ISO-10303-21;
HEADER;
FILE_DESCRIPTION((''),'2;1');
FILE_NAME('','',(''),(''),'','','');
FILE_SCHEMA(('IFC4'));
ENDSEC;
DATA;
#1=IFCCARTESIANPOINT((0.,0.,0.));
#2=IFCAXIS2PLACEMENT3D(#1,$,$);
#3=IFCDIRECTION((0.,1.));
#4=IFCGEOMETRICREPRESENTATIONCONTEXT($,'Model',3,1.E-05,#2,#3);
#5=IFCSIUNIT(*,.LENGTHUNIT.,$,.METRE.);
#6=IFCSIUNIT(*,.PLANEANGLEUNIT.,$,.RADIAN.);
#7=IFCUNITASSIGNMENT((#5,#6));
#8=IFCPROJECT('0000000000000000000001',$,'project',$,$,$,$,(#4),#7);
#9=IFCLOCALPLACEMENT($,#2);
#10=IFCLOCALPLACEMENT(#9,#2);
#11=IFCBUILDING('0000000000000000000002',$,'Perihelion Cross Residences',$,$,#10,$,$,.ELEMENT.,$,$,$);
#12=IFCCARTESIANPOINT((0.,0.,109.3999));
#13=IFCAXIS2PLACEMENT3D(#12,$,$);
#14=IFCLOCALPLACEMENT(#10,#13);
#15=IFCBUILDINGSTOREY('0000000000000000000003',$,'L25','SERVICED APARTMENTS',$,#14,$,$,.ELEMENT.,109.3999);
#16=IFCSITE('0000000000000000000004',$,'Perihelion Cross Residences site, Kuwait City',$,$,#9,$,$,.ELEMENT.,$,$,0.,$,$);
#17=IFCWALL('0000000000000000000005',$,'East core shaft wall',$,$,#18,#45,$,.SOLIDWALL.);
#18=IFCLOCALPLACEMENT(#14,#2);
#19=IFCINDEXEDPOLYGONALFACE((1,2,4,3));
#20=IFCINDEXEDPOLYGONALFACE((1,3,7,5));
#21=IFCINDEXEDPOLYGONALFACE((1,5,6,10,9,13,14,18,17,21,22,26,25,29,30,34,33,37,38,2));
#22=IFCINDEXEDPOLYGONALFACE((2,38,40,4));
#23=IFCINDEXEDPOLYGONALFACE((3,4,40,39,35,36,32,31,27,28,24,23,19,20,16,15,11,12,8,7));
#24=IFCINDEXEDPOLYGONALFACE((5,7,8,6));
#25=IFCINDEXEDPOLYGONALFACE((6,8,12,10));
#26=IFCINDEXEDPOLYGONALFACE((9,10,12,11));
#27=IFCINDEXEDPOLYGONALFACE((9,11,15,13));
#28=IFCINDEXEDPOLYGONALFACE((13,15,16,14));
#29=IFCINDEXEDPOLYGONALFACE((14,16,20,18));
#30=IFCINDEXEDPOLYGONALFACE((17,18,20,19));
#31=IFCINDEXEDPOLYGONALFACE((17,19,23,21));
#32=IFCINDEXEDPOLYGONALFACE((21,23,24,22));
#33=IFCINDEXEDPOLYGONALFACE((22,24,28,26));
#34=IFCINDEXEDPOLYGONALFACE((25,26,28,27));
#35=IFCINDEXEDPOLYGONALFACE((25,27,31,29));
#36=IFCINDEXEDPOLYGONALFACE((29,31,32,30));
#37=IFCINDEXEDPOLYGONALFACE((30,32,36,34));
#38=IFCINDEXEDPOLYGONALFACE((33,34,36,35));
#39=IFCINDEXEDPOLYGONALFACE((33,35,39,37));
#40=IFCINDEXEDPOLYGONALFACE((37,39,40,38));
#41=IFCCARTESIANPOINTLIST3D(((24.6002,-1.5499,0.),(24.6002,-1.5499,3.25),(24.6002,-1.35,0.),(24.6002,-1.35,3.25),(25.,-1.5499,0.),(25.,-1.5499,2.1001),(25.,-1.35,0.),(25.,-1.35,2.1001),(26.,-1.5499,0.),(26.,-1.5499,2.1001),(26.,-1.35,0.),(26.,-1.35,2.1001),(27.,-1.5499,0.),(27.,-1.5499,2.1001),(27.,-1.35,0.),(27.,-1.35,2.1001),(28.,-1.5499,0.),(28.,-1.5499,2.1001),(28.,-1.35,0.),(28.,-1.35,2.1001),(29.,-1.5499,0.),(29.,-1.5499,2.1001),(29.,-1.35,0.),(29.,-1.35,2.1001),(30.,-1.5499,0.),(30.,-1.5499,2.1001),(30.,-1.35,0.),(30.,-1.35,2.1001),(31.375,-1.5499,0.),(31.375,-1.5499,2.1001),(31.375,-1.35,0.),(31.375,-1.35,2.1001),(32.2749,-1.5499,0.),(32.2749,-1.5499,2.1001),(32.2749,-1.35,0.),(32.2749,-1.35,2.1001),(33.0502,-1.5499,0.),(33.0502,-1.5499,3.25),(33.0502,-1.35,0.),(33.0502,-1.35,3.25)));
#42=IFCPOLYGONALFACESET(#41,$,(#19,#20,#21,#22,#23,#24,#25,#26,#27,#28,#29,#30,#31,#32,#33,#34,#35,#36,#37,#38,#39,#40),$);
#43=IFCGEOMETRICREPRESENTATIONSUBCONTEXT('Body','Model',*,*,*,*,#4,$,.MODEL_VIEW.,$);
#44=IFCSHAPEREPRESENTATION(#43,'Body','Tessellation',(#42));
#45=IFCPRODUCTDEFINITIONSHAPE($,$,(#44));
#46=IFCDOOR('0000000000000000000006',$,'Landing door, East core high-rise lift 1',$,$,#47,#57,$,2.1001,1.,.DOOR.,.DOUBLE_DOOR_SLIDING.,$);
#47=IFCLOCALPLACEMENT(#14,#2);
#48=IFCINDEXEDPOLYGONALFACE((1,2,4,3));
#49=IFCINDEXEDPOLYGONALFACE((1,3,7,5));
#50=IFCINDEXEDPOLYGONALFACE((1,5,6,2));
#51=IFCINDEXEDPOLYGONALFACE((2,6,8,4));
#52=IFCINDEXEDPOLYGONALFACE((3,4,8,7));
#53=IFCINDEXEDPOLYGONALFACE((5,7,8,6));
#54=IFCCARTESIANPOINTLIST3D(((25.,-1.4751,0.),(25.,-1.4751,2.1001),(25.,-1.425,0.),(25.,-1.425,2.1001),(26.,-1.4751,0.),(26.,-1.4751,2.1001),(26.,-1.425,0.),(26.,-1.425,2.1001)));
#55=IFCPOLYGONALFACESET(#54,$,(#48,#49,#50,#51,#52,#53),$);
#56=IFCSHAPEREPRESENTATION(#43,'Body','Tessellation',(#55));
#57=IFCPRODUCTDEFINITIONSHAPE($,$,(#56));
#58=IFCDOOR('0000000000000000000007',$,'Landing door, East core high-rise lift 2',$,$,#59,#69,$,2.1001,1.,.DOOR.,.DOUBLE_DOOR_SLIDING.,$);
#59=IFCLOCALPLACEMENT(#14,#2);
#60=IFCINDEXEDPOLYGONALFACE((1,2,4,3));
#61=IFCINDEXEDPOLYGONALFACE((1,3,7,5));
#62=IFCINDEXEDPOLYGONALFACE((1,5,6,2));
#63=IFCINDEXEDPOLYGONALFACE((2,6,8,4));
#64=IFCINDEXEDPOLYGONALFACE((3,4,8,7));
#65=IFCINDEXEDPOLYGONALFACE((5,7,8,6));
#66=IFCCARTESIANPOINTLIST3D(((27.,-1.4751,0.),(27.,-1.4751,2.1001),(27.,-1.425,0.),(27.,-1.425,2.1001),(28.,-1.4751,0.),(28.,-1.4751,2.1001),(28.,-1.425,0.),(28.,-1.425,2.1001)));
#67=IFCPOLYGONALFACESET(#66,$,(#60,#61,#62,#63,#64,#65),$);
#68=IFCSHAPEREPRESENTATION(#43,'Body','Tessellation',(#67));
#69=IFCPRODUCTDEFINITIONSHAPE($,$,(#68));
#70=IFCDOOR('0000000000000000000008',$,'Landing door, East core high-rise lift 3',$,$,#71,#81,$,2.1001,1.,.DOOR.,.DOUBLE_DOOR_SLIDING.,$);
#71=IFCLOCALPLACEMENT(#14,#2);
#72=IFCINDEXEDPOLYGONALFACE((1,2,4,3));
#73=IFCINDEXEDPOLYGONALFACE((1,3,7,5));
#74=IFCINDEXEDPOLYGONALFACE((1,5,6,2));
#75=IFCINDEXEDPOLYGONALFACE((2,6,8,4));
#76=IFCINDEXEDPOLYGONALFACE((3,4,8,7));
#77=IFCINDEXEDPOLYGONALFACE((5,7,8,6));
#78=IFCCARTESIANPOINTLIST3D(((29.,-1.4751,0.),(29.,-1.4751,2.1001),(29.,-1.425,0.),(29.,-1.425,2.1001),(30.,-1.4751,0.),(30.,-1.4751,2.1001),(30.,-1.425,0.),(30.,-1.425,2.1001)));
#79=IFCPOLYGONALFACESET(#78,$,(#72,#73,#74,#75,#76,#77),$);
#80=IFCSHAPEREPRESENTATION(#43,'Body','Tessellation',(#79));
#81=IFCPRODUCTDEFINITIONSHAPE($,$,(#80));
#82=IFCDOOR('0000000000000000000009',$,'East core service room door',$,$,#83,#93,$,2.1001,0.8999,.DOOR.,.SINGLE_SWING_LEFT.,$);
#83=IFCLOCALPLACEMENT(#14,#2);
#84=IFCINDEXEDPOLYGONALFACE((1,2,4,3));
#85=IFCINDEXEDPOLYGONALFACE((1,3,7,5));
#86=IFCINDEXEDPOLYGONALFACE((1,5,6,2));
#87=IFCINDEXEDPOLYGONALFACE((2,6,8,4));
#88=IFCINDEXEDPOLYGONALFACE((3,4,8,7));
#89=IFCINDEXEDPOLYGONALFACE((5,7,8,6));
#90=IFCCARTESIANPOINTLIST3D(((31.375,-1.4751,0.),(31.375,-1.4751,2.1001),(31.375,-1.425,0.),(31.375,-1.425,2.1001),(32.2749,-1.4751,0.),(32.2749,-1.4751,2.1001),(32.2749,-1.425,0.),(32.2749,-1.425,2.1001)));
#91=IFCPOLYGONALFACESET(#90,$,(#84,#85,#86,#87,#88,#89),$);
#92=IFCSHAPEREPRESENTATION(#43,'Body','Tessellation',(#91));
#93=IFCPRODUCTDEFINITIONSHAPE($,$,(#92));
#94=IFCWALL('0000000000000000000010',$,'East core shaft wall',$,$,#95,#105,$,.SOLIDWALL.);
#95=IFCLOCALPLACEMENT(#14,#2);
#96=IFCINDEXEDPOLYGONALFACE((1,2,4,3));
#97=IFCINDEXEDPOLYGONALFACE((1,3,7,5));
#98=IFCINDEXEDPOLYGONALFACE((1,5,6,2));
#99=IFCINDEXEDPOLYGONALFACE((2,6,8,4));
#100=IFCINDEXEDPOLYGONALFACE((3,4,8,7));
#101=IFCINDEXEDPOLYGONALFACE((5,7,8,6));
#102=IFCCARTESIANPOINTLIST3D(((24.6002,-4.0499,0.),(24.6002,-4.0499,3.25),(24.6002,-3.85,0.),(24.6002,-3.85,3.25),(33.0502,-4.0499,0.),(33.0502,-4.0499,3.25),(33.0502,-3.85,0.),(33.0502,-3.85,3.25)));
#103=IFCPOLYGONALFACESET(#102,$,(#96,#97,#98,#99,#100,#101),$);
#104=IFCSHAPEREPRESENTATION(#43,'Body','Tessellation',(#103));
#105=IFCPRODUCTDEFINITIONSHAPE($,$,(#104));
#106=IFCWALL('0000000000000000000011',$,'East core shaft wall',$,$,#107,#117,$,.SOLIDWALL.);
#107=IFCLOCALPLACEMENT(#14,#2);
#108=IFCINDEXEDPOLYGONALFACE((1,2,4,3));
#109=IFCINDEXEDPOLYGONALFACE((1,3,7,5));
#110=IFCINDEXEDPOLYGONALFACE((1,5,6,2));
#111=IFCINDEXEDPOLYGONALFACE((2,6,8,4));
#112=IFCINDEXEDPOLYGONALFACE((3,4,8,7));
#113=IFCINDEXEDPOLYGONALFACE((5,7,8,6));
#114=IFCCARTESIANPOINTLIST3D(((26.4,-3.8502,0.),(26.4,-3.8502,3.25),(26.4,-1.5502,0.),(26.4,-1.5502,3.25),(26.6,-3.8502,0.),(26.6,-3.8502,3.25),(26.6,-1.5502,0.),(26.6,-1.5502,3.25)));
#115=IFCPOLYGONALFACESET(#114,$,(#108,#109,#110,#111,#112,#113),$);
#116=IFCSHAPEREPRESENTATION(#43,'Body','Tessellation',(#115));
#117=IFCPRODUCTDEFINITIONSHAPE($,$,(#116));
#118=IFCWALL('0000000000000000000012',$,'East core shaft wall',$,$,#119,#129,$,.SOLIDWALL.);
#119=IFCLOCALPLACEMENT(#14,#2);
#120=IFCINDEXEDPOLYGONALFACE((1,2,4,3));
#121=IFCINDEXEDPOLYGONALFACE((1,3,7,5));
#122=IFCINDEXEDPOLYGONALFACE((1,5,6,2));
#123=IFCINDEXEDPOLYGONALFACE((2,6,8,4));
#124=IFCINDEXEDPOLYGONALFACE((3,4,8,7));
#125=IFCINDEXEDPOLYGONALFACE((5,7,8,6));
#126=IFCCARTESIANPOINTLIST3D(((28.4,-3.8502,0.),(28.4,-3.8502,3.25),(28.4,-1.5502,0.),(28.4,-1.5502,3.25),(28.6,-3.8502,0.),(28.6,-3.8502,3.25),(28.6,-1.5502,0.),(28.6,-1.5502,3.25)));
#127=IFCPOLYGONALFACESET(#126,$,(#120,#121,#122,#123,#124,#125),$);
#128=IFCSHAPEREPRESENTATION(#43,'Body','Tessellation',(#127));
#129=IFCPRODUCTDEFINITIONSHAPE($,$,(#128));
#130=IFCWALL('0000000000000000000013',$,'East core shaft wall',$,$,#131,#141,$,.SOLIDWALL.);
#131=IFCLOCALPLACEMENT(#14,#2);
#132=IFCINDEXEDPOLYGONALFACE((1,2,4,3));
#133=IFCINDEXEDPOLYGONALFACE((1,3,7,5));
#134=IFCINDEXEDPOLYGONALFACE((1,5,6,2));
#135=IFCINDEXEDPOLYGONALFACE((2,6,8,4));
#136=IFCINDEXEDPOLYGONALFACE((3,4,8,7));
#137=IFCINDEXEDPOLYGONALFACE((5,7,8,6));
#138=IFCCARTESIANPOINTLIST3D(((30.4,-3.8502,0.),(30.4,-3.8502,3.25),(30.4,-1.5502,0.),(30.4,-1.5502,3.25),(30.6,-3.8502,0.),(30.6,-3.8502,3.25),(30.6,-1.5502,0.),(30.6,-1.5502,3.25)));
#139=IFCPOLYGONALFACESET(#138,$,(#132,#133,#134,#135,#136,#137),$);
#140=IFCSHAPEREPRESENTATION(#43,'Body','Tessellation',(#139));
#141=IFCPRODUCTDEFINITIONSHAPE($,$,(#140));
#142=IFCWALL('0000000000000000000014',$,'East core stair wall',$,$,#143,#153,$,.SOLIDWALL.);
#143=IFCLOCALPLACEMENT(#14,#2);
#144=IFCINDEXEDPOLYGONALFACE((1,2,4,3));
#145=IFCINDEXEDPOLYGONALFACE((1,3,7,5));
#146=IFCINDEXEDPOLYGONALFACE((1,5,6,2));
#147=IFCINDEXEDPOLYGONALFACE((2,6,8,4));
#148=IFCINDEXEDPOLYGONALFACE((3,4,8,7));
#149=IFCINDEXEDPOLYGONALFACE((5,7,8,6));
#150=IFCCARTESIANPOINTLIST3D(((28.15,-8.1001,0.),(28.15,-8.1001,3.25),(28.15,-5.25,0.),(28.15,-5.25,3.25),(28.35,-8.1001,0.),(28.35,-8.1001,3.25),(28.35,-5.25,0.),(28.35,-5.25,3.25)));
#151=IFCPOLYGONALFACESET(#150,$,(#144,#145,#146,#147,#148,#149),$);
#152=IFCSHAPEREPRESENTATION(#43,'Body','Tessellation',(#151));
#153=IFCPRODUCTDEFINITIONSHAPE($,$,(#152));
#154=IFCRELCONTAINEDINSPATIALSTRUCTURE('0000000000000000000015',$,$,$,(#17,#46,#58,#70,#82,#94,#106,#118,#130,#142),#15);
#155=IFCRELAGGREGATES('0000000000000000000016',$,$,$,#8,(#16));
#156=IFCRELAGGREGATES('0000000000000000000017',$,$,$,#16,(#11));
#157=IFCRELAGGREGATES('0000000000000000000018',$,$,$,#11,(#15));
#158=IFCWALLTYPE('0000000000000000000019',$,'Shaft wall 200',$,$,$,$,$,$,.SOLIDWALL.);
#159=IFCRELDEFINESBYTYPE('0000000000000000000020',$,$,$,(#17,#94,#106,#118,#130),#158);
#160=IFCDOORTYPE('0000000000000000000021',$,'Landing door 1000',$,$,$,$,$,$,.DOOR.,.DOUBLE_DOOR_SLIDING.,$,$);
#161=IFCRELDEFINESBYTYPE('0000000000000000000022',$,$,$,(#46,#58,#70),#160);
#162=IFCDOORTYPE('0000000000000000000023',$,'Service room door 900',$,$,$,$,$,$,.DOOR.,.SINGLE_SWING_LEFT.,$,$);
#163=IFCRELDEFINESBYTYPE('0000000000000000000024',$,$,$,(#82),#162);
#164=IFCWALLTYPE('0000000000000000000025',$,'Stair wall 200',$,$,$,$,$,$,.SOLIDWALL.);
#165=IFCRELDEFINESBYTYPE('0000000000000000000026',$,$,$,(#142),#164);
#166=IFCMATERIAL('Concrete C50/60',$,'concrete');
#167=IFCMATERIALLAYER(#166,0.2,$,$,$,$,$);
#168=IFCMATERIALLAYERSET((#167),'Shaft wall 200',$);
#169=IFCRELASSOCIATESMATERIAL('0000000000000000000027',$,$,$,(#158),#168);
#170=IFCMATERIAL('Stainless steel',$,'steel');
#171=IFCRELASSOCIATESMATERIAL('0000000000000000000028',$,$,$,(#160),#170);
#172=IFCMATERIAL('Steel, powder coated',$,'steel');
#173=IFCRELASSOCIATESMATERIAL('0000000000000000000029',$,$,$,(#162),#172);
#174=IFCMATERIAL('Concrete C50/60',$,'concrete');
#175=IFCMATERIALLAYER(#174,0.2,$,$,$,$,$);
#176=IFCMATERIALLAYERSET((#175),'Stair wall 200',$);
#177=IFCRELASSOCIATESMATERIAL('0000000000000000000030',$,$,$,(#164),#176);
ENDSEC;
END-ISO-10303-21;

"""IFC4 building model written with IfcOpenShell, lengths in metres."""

from ifc_helpers import new_model, si_unit, direction, frame, frame_2d, origin, place, context, subcontext, project, spatial, rectangle, extrude, material, layer, layer_set, type_object, element, fill, save


model = new_model("IFC4")

# Units and contexts
model_context = context("Model", 3, precision=1e-05, world=origin(), true_north=direction((0.0, 1.0)))
body_context = subcontext(model_context, "Body", "Model", "MODEL_VIEW")
ifc_project = project(units=[si_unit("LENGTHUNIT", "METRE"), si_unit("PLANEANGLEUNIT", "RADIAN")], contexts=[model_context])

# Site, building, storey
site_placement = place(None, origin())
site = spatial("IfcSite", under=ifc_project, at=site_placement, Name="Perihelion Cross Residences site, Kuwait City", CompositionType="ELEMENT", RefElevation=0.0)
building_placement = place(site_placement, origin())
building = spatial("IfcBuilding", under=site, at=building_placement, Name="Perihelion Cross Residences", CompositionType="ELEMENT")
storey_placement = place(building_placement, frame((0.0, 0.0, 109.3999)))
storey = spatial("IfcBuildingStorey", under=building, at=storey_placement, Name="L25", Description="SERVICED APARTMENTS", CompositionType="ELEMENT", Elevation=109.3999)

# Wall, openings, doors
ifc_material_1 = material(Name="Concrete C50/60", Category="concrete")
ifc_layer_1 = layer(ifc_material_1, 0.2)
ifc_layer_set_1 = layer_set([ifc_layer_1], Name="Shaft wall 200")
wall_type_1 = type_object("IfcWallType", Name="Shaft wall 200", PredefinedType="SOLIDWALL", material=ifc_layer_set_1)
wall_1_placement = place(storey_placement, frame((24.6001, -1.45, 0.0), z_axis=(0.0, 0.0, 1.0), x_axis=(1.0, 0.0, 0.0)))
wall_1 = element("IfcWall", 1, at=wall_1_placement, inside=storey, type_object=wall_type_1, Name="East core shaft wall", PredefinedType="SOLIDWALL", context=body_context, shape_type="SweptSolid", body=[
    extrude(rectangle(XDim=8.45, YDim=0.2, at=frame_2d((4.2251, 0.0))), origin(), (0.0, 0.0, 1.0), 3.25),
])
opening_1_placement = place(wall_1_placement, frame((0.3999, 0.0, 0.0)))
opening_1 = element("IfcOpeningElement", 2, at=opening_1_placement, cuts=wall_1, PredefinedType="OPENING", context=body_context, shape_type="SweptSolid", body=[
    extrude(rectangle(XDim=1.0, YDim=2.1001, at=frame_2d((0.5, 1.05))), frame((0.0, 0.1099, 0.0), z_axis=(0.0, -1.0, 0.0), x_axis=(1.0, 0.0, 0.0)), (0.0, 0.0, 1.0), 0.22),
])
opening_2_placement = place(wall_1_placement, frame((2.3999, 0.0, 0.0)))
opening_2 = element("IfcOpeningElement", 3, at=opening_2_placement, cuts=wall_1, PredefinedType="OPENING", context=body_context, shape_type="SweptSolid", body=[
    extrude(rectangle(XDim=1.0, YDim=2.1001, at=frame_2d((0.5, 1.05))), frame((0.0, 0.1099, 0.0), z_axis=(0.0, -1.0, 0.0), x_axis=(1.0, 0.0, 0.0)), (0.0, 0.0, 1.0), 0.22),
])
opening_3_placement = place(wall_1_placement, frame((4.3999, 0.0, 0.0)))
opening_3 = element("IfcOpeningElement", 4, at=opening_3_placement, cuts=wall_1, PredefinedType="OPENING", context=body_context, shape_type="SweptSolid", body=[
    extrude(rectangle(XDim=1.0, YDim=2.1001, at=frame_2d((0.5, 1.05))), frame((0.0, 0.1099, 0.0), z_axis=(0.0, -1.0, 0.0), x_axis=(1.0, 0.0, 0.0)), (0.0, 0.0, 1.0), 0.22),
])
opening_4_placement = place(wall_1_placement, frame((6.7749, 0.0, 0.0)))
opening_4 = element("IfcOpeningElement", 5, at=opening_4_placement, cuts=wall_1, PredefinedType="OPENING", context=body_context, shape_type="SweptSolid", body=[
    extrude(rectangle(XDim=0.8999, YDim=2.1001, at=frame_2d((0.45, 1.05))), frame((0.0, 0.1099, 0.0), z_axis=(0.0, -1.0, 0.0), x_axis=(1.0, 0.0, 0.0)), (0.0, 0.0, 1.0), 0.22),
])
ifc_material_2 = material(Name="Stainless steel", Category="steel")
door_type_1 = type_object("IfcDoorType", Name="Landing door 1000", OperationType="DOUBLE_DOOR_SLIDING", PredefinedType="DOOR", material=ifc_material_2)
door_1_placement = place(opening_1_placement, origin())
door_1 = element("IfcDoor", 6, at=door_1_placement, inside=storey, type_object=door_type_1, Name="Landing door, East core high-rise lift 1", OperationType="DOUBLE_DOOR_SLIDING", OverallHeight=2.1001, OverallWidth=1.0, PredefinedType="DOOR", context=body_context, shape_type="SweptSolid", body=[
    extrude(rectangle(XDim=1.0, YDim=2.1001, at=frame_2d((0.5, 1.05))), frame((0.0, 0.0249, 0.0), z_axis=(0.0, -1.0, 0.0), x_axis=(1.0, 0.0, 0.0)), (0.0, 0.0, 1.0), 0.05),
])
fill(opening_1, door_1)
door_2_placement = place(opening_2_placement, origin())
door_2 = element("IfcDoor", 7, at=door_2_placement, inside=storey, type_object=door_type_1, Name="Landing door, East core high-rise lift 2", OperationType="DOUBLE_DOOR_SLIDING", OverallHeight=2.1001, OverallWidth=1.0, PredefinedType="DOOR", context=body_context, shape_type="SweptSolid", body=[
    extrude(rectangle(XDim=1.0, YDim=2.1001, at=frame_2d((0.5, 1.05))), frame((0.0, 0.0249, 0.0), z_axis=(0.0, -1.0, 0.0), x_axis=(1.0, 0.0, 0.0)), (0.0, 0.0, 1.0), 0.05),
])
fill(opening_2, door_2)
door_3_placement = place(opening_3_placement, origin())
door_3 = element("IfcDoor", 8, at=door_3_placement, inside=storey, type_object=door_type_1, Name="Landing door, East core high-rise lift 3", OperationType="DOUBLE_DOOR_SLIDING", OverallHeight=2.1001, OverallWidth=1.0, PredefinedType="DOOR", context=body_context, shape_type="SweptSolid", body=[
    extrude(rectangle(XDim=1.0, YDim=2.1001, at=frame_2d((0.5, 1.05))), frame((0.0, 0.0249, 0.0), z_axis=(0.0, -1.0, 0.0), x_axis=(1.0, 0.0, 0.0)), (0.0, 0.0, 1.0), 0.05),
])
fill(opening_3, door_3)
ifc_material_3 = material(Name="Steel, powder coated", Category="steel")
door_type_2 = type_object("IfcDoorType", Name="Service room door 900", OperationType="SINGLE_SWING_LEFT", PredefinedType="DOOR", material=ifc_material_3)
door_4_placement = place(opening_4_placement, origin())
door_4 = element("IfcDoor", 9, at=door_4_placement, inside=storey, type_object=door_type_2, Name="East core service room door", OperationType="SINGLE_SWING_LEFT", OverallHeight=2.1001, OverallWidth=0.8999, PredefinedType="DOOR", context=body_context, shape_type="SweptSolid", body=[
    extrude(rectangle(XDim=0.8999, YDim=2.1001, at=frame_2d((0.45, 1.05))), frame((0.0, 0.0249, 0.0), z_axis=(0.0, -1.0, 0.0), x_axis=(1.0, 0.0, 0.0)), (0.0, 0.0, 1.0), 0.05),
])
fill(opening_4, door_4)

# Walls
wall_2_placement = place(storey_placement, frame((24.6001, -3.95, 0.0), z_axis=(0.0, 0.0, 1.0), x_axis=(1.0, 0.0, 0.0)))
element("IfcWall", 10, at=wall_2_placement, inside=storey, type_object=wall_type_1, Name="East core shaft wall", PredefinedType="SOLIDWALL", context=body_context, shape_type="SweptSolid", body=[
    extrude(rectangle(XDim=8.45, YDim=0.2, at=frame_2d((4.2251, 0.0))), origin(), (0.0, 0.0, 1.0), 3.25),
])
for number, where, z_axis, x_axis, name in (
    (11, (26.5, -3.8501, 0.0), (0.0, 0.0, 1.0), (0.0, 1.0, 0.0), "East core shaft wall"),
    (12, (28.5, -3.8501, 0.0), (0.0, 0.0, 1.0), (0.0, 1.0, 0.0), "East core shaft wall"),
    (13, (30.5, -3.8501, 0.0), (0.0, 0.0, 1.0), (0.0, 1.0, 0.0), "East core shaft wall"),
):
    element("IfcWall", number, at=place(storey_placement, frame(where, z_axis=z_axis, x_axis=x_axis)), inside=storey, type_object=wall_type_1, Name=name, PredefinedType="SOLIDWALL", context=body_context, shape_type="SweptSolid", body=[
        extrude(rectangle(XDim=2.3, YDim=0.2, at=frame_2d((1.1499, 0.0))), origin(), (0.0, 0.0, 1.0), 3.25),
    ])
ifc_material_4 = material(Name="Concrete C50/60", Category="concrete")
ifc_layer_2 = layer(ifc_material_4, 0.2)
ifc_layer_set_2 = layer_set([ifc_layer_2], Name="Stair wall 200")
wall_type_2 = type_object("IfcWallType", Name="Stair wall 200", PredefinedType="SOLIDWALL", material=ifc_layer_set_2)
wall_3_placement = place(storey_placement, frame((28.25, -8.1001, 0.0), z_axis=(0.0, 0.0, 1.0), x_axis=(0.0, 1.0, 0.0)))
element("IfcWall", 14, at=wall_3_placement, inside=storey, type_object=wall_type_2, Name="East core stair wall", PredefinedType="SOLIDWALL", context=body_context, shape_type="SweptSolid", body=[
    extrude(rectangle(XDim=2.8501, YDim=0.2, at=frame_2d((1.425, 0.0))), origin(), (0.0, 0.0, 1.0), 3.25),
])

save(model, "model.ifc")
